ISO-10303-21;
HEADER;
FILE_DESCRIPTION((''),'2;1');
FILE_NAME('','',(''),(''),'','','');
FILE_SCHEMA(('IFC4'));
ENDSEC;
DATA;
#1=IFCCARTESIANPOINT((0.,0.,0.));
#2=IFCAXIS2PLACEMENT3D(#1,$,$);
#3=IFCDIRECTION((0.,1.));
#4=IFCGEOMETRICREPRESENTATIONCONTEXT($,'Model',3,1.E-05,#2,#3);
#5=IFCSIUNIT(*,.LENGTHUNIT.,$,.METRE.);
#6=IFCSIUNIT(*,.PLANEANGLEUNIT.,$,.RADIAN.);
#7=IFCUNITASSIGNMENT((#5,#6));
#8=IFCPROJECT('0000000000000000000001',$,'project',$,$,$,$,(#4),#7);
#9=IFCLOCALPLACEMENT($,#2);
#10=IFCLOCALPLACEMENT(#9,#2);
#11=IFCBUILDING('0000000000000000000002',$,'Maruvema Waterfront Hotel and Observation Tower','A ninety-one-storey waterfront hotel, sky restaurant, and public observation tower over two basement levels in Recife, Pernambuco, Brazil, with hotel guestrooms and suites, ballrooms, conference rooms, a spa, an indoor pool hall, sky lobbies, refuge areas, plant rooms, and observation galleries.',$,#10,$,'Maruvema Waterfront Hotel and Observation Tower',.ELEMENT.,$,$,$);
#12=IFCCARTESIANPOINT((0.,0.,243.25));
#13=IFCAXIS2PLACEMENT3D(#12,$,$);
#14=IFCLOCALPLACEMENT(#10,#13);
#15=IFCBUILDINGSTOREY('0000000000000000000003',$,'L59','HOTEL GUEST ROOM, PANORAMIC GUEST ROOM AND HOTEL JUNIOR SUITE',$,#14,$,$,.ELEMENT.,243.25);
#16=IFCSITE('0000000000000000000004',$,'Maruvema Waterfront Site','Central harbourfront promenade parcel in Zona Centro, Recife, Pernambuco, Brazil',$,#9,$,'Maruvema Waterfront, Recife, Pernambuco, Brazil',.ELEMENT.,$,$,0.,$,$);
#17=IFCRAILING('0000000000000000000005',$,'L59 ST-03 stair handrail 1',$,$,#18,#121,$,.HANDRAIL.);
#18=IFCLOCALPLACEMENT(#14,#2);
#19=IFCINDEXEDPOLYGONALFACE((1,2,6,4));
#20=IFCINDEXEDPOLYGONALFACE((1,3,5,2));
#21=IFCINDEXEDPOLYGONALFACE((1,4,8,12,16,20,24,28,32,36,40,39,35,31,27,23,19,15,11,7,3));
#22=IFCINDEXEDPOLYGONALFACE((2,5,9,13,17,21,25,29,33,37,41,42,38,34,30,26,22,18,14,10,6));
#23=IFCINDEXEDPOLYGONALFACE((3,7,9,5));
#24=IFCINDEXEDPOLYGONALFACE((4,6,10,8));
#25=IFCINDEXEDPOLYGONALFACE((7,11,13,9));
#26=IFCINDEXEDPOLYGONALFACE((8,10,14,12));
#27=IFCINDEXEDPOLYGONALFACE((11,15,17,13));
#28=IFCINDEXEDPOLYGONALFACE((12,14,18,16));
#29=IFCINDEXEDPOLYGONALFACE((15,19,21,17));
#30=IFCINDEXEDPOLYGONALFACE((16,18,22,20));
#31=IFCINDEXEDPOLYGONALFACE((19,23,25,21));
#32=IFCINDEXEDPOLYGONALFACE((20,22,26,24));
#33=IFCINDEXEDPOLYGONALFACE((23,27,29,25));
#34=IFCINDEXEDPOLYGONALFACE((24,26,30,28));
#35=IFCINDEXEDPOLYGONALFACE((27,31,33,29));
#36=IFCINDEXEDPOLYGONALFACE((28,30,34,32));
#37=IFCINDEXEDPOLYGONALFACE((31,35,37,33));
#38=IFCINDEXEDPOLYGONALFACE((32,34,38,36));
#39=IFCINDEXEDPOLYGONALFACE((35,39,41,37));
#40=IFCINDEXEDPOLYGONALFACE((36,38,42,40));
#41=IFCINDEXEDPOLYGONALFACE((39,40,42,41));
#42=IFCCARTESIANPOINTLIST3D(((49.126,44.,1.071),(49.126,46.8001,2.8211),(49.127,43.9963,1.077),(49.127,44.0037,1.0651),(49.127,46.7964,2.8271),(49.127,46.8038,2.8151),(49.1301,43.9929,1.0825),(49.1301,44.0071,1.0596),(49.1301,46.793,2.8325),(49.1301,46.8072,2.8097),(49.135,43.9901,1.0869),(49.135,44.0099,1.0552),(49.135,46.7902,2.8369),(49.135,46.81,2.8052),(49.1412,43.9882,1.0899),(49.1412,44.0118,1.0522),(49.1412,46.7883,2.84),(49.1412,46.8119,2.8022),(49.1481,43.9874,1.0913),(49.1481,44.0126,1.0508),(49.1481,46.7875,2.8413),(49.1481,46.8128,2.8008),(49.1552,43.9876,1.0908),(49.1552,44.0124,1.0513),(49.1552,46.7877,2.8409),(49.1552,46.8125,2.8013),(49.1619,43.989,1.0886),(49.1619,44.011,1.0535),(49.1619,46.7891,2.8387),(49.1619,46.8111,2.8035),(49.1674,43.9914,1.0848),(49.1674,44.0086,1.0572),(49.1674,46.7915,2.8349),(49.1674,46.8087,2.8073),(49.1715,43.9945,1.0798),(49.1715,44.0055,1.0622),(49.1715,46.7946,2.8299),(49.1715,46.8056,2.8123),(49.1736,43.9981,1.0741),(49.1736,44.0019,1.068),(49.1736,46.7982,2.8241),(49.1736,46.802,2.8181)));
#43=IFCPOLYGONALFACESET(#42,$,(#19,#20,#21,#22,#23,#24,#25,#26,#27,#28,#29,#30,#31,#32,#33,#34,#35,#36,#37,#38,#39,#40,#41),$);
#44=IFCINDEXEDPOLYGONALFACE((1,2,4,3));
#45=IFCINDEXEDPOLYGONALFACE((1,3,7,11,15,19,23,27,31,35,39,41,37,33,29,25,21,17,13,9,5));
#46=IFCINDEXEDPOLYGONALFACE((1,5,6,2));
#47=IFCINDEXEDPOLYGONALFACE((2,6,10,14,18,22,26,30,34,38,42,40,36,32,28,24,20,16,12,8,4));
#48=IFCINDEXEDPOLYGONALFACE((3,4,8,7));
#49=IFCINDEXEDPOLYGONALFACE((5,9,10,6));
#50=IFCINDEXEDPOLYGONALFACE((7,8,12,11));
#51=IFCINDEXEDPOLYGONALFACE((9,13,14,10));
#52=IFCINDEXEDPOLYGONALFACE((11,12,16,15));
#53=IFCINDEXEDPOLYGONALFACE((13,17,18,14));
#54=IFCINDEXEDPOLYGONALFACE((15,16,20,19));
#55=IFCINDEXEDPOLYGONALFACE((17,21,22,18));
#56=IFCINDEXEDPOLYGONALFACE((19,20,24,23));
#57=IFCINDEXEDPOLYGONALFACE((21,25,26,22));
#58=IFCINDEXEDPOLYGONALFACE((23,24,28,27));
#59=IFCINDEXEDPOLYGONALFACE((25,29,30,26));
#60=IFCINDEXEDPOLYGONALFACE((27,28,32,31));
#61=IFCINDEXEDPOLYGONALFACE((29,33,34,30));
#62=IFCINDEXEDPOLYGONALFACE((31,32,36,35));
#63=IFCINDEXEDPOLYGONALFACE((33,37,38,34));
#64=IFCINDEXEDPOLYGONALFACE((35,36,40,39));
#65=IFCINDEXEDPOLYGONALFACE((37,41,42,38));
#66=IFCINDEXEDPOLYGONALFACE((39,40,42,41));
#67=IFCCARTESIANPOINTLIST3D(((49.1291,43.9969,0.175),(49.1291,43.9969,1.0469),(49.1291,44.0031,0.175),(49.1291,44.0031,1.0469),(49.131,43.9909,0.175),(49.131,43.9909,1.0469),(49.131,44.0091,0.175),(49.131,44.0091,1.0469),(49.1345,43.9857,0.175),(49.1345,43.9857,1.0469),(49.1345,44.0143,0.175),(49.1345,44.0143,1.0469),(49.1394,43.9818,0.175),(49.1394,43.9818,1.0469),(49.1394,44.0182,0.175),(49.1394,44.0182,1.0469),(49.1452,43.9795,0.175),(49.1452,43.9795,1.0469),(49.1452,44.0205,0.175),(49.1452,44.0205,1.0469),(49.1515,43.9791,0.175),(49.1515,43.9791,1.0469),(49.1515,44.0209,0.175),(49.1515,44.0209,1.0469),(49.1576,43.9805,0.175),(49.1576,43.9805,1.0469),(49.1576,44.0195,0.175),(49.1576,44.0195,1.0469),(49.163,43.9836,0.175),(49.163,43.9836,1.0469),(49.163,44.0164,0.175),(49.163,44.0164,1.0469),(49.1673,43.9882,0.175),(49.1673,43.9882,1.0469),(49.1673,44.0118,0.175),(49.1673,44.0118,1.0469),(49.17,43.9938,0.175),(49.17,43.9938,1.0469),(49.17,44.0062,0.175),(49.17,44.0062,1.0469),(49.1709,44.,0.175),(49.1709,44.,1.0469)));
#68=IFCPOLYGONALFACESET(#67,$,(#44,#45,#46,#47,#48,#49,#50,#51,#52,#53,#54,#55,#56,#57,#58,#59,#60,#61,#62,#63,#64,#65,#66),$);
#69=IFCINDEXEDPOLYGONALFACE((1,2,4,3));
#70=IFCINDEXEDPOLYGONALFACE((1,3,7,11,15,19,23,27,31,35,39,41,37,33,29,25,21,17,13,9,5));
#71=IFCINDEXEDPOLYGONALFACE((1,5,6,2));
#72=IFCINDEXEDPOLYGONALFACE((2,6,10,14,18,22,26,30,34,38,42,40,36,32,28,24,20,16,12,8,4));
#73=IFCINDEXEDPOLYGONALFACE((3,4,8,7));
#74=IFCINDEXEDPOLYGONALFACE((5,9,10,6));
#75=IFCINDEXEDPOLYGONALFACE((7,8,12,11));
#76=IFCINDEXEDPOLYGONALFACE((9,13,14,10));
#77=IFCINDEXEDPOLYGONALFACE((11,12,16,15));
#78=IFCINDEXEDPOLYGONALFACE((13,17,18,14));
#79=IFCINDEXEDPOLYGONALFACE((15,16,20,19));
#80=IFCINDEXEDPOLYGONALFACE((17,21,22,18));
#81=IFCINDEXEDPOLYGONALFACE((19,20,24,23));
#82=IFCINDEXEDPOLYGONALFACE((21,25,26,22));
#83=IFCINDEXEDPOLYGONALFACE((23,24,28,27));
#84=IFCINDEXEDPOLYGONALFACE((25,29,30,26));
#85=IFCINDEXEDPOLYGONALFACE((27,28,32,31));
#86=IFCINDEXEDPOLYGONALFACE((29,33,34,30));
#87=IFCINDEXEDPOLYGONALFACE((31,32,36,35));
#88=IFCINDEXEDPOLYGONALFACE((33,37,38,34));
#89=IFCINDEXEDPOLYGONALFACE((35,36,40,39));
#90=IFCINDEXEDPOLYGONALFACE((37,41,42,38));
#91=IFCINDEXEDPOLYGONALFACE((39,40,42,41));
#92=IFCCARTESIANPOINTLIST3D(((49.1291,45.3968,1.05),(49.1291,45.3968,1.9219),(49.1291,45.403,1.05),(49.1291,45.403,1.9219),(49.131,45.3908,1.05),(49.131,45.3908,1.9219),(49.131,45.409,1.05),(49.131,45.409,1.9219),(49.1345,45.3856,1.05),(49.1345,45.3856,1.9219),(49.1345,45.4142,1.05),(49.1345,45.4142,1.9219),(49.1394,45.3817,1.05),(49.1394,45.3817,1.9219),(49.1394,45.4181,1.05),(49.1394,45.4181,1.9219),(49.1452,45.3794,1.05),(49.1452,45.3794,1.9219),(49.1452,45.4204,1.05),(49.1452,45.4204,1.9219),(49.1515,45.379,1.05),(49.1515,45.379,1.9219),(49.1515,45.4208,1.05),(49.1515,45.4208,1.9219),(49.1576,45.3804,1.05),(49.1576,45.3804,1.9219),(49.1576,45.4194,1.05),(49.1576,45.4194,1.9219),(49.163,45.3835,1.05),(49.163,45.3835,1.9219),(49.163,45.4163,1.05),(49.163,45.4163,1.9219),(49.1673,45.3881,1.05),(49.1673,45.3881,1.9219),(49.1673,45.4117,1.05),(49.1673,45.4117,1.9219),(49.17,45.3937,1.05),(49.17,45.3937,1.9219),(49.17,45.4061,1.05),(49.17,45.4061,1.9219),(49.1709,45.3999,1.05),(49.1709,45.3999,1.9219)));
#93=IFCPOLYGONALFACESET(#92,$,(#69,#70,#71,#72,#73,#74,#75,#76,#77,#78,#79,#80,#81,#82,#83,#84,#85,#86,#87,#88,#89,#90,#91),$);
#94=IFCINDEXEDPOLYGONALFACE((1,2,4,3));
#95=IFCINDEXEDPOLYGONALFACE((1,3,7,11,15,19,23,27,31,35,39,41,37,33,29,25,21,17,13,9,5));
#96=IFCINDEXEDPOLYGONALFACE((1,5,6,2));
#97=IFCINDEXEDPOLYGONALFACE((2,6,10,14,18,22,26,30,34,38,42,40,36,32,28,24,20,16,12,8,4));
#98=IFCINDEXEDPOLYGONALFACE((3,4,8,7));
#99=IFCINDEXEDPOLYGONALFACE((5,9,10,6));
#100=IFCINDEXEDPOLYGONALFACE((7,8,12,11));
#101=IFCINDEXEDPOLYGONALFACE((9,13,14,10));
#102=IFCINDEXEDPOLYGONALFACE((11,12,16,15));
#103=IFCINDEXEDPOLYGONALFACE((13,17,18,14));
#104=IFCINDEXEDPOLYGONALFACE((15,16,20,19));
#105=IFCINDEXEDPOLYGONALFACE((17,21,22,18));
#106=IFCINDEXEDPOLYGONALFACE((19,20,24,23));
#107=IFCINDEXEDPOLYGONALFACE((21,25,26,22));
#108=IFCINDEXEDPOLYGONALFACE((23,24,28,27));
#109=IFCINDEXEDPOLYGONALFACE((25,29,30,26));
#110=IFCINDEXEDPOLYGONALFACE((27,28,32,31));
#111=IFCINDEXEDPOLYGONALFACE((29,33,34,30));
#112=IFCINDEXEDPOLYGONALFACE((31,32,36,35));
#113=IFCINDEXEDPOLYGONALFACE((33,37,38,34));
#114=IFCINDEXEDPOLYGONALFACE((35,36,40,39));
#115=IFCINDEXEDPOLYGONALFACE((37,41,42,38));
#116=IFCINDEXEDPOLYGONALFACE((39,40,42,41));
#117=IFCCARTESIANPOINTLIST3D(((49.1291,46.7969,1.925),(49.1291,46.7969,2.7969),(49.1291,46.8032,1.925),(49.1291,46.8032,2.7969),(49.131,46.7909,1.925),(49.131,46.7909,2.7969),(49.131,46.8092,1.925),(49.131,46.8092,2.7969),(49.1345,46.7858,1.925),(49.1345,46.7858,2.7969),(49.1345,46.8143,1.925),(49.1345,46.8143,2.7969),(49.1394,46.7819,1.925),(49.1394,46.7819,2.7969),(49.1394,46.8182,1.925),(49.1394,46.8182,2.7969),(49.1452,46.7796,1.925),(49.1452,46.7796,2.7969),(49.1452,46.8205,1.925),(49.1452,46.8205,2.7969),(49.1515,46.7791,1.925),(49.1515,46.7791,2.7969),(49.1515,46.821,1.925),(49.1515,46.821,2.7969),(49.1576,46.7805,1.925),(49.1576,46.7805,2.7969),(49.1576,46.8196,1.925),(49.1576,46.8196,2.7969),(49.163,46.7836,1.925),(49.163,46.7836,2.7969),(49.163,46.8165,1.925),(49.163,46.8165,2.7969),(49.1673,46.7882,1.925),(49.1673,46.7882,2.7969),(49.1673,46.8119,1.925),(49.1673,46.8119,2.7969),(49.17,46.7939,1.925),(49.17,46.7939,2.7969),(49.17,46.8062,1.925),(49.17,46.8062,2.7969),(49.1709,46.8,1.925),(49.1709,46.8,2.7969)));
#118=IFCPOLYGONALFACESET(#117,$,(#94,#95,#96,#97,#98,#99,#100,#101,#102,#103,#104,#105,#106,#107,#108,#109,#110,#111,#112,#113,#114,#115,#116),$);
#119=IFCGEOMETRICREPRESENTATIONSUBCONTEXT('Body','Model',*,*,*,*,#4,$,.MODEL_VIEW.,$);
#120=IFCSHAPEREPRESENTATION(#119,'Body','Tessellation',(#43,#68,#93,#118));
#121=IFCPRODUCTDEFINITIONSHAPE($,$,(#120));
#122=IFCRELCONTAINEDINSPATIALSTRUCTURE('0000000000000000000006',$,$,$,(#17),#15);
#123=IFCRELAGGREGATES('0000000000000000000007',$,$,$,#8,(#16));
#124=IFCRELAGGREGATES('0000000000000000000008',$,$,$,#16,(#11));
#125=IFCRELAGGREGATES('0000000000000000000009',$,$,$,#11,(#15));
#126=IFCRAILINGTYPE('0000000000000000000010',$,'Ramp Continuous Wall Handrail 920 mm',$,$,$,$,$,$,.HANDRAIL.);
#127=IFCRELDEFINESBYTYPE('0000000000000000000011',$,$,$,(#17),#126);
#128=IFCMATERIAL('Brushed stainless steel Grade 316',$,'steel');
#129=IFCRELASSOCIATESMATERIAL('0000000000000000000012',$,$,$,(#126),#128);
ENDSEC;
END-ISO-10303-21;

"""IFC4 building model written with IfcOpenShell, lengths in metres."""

from ifc_helpers import new_model, si_unit, direction, frame, origin, origin_2d, place, context, subcontext, project, spatial, circle, extrude, material, type_object, element, save


model = new_model("IFC4")

# Units and contexts
model_context = context("Model", 3, precision=1e-05, world=origin(), true_north=direction((0.0, 1.0)))
body_context = subcontext(model_context, "Body", "Model", "MODEL_VIEW")
ifc_project = project(units=[si_unit("LENGTHUNIT", "METRE"), si_unit("PLANEANGLEUNIT", "RADIAN")], contexts=[model_context])

# Site, building, storey
site_placement = place(None, origin())
site = spatial("IfcSite", under=ifc_project, at=site_placement, Name="Maruvema Waterfront Site", Description="Central harbourfront promenade parcel in Zona Centro, Recife, Pernambuco, Brazil", LongName="Maruvema Waterfront, Recife, Pernambuco, Brazil", CompositionType="ELEMENT", RefElevation=0.0)
building_placement = place(site_placement, origin())
building = spatial("IfcBuilding", under=site, at=building_placement, Name="Maruvema Waterfront Hotel and Observation Tower", Description="A ninety-one-storey waterfront hotel, sky restaurant, and public observation tower over two basement levels in Recife, Pernambuco, Brazil, with hotel guestrooms and suites, ballrooms, conference rooms, a spa, an indoor pool hall, sky lobbies, refuge areas, plant rooms, and observation galleries.", LongName="Maruvema Waterfront Hotel and Observation Tower", CompositionType="ELEMENT")
storey_placement = place(building_placement, frame((0.0, 0.0, 243.25)))
storey = spatial("IfcBuildingStorey", under=building, at=storey_placement, Name="L59", Description="HOTEL GUEST ROOM, PANORAMIC GUEST ROOM AND HOTEL JUNIOR SUITE", CompositionType="ELEMENT", Elevation=243.25)

# Railing
ifc_material_1 = material(Name="Brushed stainless steel Grade 316", Category="steel")
railing_type_1 = type_object("IfcRailingType", Name="Ramp Continuous Wall Handrail 920 mm", PredefinedType="HANDRAIL", material=ifc_material_1)
railing_1_placement = place(storey_placement, frame((49.1499, 44.0, 0.175)))
element("IfcRailing", 1, at=railing_1_placement, inside=storey, type_object=railing_type_1, Name="L59 ST-03 stair handrail 1", PredefinedType="HANDRAIL", context=body_context, shape_type="SweptSolid", body=[
    extrude(circle(Radius=0.0239, at=origin_2d()), frame((0.0, 0.0, 0.896), z_axis=(0.0, 0.848002, 0.529992), x_axis=(-1.0, 0.0, 0.0)), (0.0, 0.0, 1.0), 3.302),
    extrude(circle(Radius=0.021, at=origin_2d()), origin(), (0.0, 0.0, 1.0), 0.8718),
    extrude(circle(Radius=0.021, at=origin_2d()), frame((0.0, 1.3999, 0.875)), (0.0, 0.0, 1.0), 0.8718),
    extrude(circle(Radius=0.021, at=origin_2d()), frame((0.0, 2.8, 1.75)), (0.0, 0.0, 1.0), 0.8718),
])

save(model, "model.ifc")
